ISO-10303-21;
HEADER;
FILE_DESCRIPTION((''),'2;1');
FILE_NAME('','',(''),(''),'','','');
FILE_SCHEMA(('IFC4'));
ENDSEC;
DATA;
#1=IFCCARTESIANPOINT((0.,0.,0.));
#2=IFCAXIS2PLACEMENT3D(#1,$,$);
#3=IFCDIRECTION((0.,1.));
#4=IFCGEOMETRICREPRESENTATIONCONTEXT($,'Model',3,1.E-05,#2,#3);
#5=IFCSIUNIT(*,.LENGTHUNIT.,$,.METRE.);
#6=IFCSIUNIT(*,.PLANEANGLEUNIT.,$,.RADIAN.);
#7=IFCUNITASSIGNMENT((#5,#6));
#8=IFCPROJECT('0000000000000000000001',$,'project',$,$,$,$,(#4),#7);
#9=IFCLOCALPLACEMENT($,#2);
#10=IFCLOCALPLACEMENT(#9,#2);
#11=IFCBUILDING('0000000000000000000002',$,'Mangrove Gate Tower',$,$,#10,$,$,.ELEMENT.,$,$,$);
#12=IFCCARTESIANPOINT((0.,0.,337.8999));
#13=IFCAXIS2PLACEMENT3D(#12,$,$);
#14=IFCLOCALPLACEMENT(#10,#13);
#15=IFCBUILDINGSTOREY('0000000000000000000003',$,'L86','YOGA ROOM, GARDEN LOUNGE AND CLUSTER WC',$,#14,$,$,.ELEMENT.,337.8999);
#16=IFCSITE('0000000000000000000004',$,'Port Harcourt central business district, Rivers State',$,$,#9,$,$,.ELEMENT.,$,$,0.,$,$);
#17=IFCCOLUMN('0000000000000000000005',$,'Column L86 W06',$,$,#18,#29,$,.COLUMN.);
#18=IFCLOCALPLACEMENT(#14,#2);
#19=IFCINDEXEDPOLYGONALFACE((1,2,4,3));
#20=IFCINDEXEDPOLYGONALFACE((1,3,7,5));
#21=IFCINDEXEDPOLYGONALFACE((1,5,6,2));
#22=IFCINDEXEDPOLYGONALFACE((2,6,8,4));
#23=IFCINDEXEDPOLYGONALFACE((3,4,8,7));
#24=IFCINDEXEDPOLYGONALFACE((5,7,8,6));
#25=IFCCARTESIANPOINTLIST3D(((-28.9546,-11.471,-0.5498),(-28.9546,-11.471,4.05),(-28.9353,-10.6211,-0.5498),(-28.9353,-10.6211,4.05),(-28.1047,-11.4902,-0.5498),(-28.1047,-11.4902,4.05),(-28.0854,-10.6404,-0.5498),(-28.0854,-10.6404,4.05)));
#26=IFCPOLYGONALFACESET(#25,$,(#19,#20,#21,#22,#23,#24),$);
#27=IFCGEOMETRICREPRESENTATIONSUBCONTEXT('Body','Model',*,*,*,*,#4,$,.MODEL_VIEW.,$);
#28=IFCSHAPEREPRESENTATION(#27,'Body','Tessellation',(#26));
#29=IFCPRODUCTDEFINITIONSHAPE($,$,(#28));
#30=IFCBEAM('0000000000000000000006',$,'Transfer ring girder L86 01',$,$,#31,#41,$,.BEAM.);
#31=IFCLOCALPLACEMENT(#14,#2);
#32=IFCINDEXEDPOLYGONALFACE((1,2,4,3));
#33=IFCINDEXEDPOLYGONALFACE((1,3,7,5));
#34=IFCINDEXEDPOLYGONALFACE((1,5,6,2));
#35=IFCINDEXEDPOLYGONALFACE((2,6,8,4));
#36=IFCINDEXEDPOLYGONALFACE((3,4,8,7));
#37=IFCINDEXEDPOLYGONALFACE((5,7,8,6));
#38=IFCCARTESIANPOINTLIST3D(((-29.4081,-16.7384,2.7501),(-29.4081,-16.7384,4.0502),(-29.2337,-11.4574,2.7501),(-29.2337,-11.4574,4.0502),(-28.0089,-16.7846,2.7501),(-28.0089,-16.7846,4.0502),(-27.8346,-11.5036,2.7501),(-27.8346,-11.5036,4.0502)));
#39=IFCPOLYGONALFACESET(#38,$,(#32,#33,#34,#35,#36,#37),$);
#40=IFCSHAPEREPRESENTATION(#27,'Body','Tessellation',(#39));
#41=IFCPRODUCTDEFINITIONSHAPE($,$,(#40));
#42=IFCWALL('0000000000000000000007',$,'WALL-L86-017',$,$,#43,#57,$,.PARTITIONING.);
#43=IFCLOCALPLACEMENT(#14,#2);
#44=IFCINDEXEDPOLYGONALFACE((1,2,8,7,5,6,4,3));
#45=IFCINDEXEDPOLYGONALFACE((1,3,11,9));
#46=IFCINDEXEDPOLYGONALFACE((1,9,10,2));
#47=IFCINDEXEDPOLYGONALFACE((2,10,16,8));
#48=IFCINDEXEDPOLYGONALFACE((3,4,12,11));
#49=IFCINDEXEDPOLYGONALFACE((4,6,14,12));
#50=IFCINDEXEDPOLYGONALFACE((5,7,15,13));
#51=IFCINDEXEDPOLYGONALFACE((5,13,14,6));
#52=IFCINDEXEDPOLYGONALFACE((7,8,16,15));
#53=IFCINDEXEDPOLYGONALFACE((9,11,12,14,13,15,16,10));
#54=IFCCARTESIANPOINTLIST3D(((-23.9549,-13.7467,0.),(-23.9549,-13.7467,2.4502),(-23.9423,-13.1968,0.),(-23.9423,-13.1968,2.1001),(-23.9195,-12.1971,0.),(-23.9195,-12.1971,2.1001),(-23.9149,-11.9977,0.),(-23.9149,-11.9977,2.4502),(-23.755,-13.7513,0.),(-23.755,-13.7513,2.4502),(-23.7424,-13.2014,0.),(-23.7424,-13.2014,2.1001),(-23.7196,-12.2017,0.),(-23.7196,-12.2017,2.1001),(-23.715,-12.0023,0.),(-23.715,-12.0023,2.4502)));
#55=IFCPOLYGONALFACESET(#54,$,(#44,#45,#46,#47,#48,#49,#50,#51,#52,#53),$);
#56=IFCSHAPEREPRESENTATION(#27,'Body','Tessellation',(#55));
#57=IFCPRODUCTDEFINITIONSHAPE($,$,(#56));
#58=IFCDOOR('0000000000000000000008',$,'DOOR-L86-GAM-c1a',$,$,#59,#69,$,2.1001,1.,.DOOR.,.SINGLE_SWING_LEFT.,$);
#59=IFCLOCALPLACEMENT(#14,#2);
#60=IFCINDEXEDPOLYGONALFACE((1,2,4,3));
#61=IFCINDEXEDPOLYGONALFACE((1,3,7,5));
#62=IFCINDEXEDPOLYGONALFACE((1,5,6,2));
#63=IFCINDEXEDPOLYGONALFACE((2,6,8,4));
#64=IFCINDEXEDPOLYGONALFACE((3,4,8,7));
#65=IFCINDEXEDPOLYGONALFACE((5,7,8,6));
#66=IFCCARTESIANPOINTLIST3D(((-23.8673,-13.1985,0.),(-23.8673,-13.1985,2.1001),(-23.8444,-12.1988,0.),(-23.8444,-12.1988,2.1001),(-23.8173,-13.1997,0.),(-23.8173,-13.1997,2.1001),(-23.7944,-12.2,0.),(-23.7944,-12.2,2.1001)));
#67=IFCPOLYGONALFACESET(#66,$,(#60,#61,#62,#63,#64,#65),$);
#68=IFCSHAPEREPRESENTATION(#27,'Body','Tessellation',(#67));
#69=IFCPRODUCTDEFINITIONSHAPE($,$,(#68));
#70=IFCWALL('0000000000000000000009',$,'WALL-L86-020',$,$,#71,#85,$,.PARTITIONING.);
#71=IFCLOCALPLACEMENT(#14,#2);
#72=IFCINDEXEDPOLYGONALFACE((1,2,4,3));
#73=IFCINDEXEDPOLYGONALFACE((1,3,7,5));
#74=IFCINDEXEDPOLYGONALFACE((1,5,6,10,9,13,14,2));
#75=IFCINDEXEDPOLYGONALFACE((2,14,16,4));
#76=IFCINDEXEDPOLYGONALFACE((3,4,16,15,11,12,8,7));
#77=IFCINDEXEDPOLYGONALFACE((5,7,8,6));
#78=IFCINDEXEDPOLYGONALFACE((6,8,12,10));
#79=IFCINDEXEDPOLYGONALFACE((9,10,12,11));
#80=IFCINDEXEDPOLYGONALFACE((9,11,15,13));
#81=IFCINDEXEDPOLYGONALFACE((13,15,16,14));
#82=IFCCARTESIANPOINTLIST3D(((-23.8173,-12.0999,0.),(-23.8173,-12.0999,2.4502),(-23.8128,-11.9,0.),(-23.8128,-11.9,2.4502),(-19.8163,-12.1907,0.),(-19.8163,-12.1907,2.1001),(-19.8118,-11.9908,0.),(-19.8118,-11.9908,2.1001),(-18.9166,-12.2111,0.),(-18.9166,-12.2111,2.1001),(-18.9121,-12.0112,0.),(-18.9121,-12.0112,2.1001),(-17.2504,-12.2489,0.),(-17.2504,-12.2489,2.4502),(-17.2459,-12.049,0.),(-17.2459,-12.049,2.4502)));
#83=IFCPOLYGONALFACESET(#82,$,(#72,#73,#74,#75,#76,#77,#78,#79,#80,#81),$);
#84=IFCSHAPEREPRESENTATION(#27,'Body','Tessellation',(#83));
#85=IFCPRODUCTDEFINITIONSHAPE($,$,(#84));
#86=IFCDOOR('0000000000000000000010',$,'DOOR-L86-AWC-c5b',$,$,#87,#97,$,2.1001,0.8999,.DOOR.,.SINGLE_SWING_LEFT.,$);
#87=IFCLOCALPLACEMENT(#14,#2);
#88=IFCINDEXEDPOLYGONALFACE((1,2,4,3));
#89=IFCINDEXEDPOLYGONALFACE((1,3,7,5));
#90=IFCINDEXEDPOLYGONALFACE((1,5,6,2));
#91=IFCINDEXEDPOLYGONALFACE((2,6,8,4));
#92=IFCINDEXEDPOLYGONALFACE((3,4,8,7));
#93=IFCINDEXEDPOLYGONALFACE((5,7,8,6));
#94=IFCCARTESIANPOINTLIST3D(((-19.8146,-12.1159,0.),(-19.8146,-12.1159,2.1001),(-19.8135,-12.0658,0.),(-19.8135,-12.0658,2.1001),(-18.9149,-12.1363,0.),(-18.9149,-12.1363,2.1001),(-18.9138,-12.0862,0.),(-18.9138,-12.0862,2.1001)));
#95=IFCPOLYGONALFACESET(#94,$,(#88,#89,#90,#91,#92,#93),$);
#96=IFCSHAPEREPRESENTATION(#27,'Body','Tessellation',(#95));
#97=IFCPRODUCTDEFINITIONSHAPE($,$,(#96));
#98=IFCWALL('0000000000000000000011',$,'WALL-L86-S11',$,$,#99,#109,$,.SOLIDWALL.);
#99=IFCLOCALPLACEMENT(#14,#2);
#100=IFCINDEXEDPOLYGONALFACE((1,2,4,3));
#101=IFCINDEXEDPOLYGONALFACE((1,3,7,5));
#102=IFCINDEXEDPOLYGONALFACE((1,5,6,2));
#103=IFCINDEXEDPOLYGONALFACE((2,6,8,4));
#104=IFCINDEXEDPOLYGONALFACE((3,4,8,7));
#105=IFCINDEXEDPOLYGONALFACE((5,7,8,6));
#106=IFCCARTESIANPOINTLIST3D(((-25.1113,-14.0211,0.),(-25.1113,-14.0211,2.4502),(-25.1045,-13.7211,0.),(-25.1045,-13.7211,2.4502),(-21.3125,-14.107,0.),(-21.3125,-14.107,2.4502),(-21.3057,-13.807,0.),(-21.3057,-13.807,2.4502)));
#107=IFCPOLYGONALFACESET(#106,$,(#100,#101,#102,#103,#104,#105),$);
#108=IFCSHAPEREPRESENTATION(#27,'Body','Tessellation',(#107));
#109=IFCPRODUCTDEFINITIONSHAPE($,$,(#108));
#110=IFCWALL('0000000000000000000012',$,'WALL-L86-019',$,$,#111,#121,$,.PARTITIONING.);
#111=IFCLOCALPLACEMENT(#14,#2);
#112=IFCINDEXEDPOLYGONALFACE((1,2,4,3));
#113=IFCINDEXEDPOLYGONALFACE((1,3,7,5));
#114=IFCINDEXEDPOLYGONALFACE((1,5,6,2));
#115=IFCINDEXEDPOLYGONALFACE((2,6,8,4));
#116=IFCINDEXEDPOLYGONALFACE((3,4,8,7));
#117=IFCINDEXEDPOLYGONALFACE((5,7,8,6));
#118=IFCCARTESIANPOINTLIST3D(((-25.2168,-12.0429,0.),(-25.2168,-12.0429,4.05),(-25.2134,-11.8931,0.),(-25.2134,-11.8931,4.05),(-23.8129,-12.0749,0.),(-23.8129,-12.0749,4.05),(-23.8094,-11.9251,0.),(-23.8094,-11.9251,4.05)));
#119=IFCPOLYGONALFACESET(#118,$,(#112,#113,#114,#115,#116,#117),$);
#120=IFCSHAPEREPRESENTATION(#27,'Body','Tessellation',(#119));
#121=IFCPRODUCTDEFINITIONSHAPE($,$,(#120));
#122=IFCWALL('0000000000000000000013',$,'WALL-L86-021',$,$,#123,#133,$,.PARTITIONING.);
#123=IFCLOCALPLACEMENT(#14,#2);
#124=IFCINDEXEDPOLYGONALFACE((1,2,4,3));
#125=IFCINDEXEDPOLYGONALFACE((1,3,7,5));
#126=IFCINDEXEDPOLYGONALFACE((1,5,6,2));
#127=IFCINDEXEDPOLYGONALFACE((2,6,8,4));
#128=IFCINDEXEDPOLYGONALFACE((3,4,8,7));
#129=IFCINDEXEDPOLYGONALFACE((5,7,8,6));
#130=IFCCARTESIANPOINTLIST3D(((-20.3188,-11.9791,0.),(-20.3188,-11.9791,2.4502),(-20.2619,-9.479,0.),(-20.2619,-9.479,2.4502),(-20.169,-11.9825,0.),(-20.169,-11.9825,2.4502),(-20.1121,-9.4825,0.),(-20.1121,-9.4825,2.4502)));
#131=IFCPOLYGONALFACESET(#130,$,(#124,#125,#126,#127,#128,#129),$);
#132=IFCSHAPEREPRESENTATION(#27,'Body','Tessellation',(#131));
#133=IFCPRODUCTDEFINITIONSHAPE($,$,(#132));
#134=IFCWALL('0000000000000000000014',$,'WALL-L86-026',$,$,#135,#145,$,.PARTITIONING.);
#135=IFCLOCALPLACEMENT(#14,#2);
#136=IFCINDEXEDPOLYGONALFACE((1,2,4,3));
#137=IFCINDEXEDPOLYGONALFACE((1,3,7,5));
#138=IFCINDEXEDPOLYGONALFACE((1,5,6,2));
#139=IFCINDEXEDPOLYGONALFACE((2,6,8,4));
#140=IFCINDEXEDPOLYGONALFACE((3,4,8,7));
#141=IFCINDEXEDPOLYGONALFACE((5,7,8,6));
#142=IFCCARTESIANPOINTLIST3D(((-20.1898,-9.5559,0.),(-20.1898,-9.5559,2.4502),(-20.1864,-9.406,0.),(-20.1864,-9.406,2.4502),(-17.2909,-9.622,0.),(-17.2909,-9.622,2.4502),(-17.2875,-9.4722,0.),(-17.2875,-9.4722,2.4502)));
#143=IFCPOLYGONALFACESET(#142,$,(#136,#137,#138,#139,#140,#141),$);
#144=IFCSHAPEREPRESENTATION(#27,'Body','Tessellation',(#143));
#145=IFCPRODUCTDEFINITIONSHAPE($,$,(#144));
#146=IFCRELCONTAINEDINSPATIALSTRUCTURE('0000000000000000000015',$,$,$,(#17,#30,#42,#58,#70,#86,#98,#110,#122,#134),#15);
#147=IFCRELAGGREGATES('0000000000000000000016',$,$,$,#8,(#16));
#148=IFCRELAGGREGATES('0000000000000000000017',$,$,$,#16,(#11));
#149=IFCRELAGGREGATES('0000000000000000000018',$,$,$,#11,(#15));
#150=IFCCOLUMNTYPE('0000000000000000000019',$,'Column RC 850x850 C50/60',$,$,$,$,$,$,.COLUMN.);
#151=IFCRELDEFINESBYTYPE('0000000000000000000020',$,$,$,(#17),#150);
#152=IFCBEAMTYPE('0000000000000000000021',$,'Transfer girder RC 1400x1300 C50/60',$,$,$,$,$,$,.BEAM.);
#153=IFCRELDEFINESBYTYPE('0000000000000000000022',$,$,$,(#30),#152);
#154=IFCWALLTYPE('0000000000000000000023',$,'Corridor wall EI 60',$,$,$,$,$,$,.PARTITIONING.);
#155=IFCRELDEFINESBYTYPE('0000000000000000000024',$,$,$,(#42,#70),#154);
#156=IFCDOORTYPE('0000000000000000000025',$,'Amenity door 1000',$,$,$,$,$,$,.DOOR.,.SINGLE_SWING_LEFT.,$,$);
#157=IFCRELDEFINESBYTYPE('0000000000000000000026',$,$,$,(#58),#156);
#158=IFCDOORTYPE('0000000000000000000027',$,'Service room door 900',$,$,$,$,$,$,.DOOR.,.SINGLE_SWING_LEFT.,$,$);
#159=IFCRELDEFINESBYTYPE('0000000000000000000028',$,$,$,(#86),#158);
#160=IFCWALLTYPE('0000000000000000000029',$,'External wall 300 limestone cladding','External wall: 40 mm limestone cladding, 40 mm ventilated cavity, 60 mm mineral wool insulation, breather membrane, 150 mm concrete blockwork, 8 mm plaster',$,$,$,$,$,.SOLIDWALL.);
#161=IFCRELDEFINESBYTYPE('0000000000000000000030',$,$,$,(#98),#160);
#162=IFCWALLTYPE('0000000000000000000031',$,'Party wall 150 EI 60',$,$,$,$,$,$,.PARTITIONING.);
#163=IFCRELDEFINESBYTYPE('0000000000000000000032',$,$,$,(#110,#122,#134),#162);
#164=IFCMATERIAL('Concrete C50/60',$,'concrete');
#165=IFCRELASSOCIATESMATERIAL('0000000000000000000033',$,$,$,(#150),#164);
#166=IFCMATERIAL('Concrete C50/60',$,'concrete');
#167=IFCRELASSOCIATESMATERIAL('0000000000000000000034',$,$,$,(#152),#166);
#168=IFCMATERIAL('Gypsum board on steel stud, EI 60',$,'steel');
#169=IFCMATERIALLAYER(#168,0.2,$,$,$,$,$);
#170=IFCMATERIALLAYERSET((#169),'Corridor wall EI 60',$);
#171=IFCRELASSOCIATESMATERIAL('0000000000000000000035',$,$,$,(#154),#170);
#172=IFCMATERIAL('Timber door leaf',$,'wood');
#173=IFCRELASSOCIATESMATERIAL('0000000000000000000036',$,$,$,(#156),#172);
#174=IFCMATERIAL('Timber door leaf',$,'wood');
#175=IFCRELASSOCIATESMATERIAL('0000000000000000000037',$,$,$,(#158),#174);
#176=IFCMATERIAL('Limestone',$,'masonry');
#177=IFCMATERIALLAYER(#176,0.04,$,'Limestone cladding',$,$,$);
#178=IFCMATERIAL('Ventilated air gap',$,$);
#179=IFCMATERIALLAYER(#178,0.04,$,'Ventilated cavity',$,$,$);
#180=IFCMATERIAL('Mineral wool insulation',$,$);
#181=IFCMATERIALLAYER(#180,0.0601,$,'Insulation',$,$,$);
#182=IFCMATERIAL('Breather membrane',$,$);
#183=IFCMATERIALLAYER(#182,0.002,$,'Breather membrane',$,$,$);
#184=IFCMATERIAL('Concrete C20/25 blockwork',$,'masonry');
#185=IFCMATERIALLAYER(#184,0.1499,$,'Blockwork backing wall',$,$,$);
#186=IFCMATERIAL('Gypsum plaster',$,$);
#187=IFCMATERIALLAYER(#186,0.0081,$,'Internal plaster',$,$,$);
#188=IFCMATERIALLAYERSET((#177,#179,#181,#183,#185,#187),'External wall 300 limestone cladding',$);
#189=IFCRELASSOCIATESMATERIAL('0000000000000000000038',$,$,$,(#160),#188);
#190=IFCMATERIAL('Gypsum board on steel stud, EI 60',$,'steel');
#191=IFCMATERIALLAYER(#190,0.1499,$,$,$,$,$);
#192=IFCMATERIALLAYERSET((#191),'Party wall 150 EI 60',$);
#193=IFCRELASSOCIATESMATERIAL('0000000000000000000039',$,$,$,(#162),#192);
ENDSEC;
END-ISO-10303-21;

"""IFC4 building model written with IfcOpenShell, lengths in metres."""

from ifc_helpers import new_model, si_unit, direction, frame, frame_2d, origin, origin_2d, place, context, subcontext, project, spatial, rectangle, extrude, material, layer, layer_set, material_profile, profile_set, type_object, element, fill, save


model = new_model("IFC4")

# Units and contexts
model_context = context("Model", 3, precision=1e-05, world=origin(), true_north=direction((0.0, 1.0)))
body_context = subcontext(model_context, "Body", "Model", "MODEL_VIEW")
ifc_project = project(units=[si_unit("LENGTHUNIT", "METRE"), si_unit("PLANEANGLEUNIT", "RADIAN")], contexts=[model_context])

# Site, building, storey
site_placement = place(None, origin())
site = spatial("IfcSite", under=ifc_project, at=site_placement, Name="Port Harcourt central business district, Rivers State", CompositionType="ELEMENT", RefElevation=0.0)
building_placement = place(site_placement, origin())
building = spatial("IfcBuilding", under=site, at=building_placement, Name="Mangrove Gate Tower", CompositionType="ELEMENT")
storey_placement = place(building_placement, frame((0.0, 0.0, 337.8999)))
storey = spatial("IfcBuildingStorey", under=building, at=storey_placement, Name="L86", Description="YOGA ROOM, GARDEN LOUNGE AND CLUSTER WC", CompositionType="ELEMENT", Elevation=337.8999)

# Column
ifc_material_1 = material(Name="Concrete C50/60", Category="concrete")
ifc_material_profile_1 = material_profile(ifc_material_1, rectangle(XDim=0.8501, YDim=0.8501, at=origin_2d()))
ifc_profile_set_1 = profile_set([ifc_material_profile_1], Name="Concrete C50/60")
column_type = type_object("IfcColumnType", Name="Column RC 850x850 C50/60", PredefinedType="COLUMN", material=ifc_profile_set_1)
column_placement = place(storey_placement, frame((-28.52, -11.0557, -0.5498), z_axis=(0.0, 0.0, 1.0), x_axis=(-0.022681, -0.999743, 0.0)))
element("IfcColumn", 1, at=column_placement, inside=storey, type_object=column_type, Name="Column L86 W06", PredefinedType="COLUMN", context=body_context, shape_type="SweptSolid", body=[
    extrude(rectangle(XDim=0.8501, YDim=0.8501, at=origin_2d()), origin(), (0.0, 0.0, 1.0), 4.5999),
])

# Beam
ifc_material_2 = material(Name="Concrete C50/60", Category="concrete")
ifc_material_profile_2 = material_profile(ifc_material_2, rectangle(XDim=1.3999, YDim=1.3, at=origin_2d()))
ifc_profile_set_2 = profile_set([ifc_material_profile_2], Name="Concrete C50/60")
beam_type = type_object("IfcBeamType", Name="Transfer girder RC 1400x1300 C50/60", PredefinedType="BEAM", material=ifc_profile_set_2)
beam_placement = place(storey_placement, frame((-28.5342, -11.4805, 3.4001), z_axis=(-0.03299, -0.999456, 0.0), x_axis=(0.999456, -0.03299, 0.0)))
element("IfcBeam", 2, at=beam_placement, inside=storey, type_object=beam_type, Name="Transfer ring girder L86 01", PredefinedType="BEAM", context=body_context, shape_type="SweptSolid", body=[
    extrude(rectangle(XDim=1.3999, YDim=1.3, at=origin_2d()), origin(), (0.0, 0.0, 1.0), 5.2839),
])

# Shared definitions
ifc_material_3 = material(Name="Gypsum board on steel stud, EI 60", Category="steel")
ifc_layer_1 = layer(ifc_material_3, 0.2)
ifc_layer_set_1 = layer_set([ifc_layer_1], Name="Corridor wall EI 60")
wall_type_1 = type_object("IfcWallType", Name="Corridor wall EI 60", PredefinedType="PARTITIONING", material=ifc_layer_set_1)
ifc_material_4 = material(Name="Timber door leaf", Category="wood")
door_type_1 = type_object("IfcDoorType", Name="Amenity door 1000", OperationType="SINGLE_SWING_LEFT", PredefinedType="DOOR", material=ifc_material_4)
ifc_material_5 = material(Name="Timber door leaf", Category="wood")
door_type_2 = type_object("IfcDoorType", Name="Service room door 900", OperationType="SINGLE_SWING_LEFT", PredefinedType="DOOR", material=ifc_material_5)

# Walls, openings, doors
wall_1_placement = place(storey_placement, frame((-23.855, -13.749, 0.0), z_axis=(0.0, 0.0, 1.0), x_axis=(0.022886, 0.999738, 0.0)))
wall_1 = element("IfcWall", 3, at=wall_1_placement, inside=storey, type_object=wall_type_1, Name="WALL-L86-017", PredefinedType="PARTITIONING", context=body_context, shape_type="SweptSolid", body=[
    extrude(rectangle(XDim=1.7495, YDim=0.2, at=frame_2d((0.8748, 0.0))), origin(), (0.0, 0.0, 1.0), 2.4502),
])
opening_1_placement = place(wall_1_placement, frame((0.55, 0.0, 0.0)))
opening_1 = element("IfcOpeningElement", 4, at=opening_1_placement, cuts=wall_1, PredefinedType="OPENING", context=body_context, shape_type="SweptSolid", body=[
    extrude(rectangle(XDim=1.0, YDim=2.1001, at=frame_2d((0.5, 1.05))), frame((0.0, 0.1099, 0.0), z_axis=(0.0, -1.0, 0.0), x_axis=(1.0, 0.0, 0.0)), (0.0, 0.0, 1.0), 0.22),
])
door_1_placement = place(opening_1_placement, origin())
door_1 = element("IfcDoor", 5, at=door_1_placement, inside=storey, type_object=door_type_1, Name="DOOR-L86-GAM-c1a", OperationType="SINGLE_SWING_LEFT", OverallHeight=2.1001, OverallWidth=1.0, PredefinedType="DOOR", context=body_context, shape_type="SweptSolid", body=[
    extrude(rectangle(XDim=1.0, YDim=2.1001, at=frame_2d((0.5, 1.05))), frame((0.0, 0.0249, 0.0), z_axis=(0.0, -1.0, 0.0), x_axis=(1.0, 0.0, 0.0)), (0.0, 0.0, 1.0), 0.05),
])
fill(opening_1, door_1)
wall_2_placement = place(storey_placement, frame((-23.8149, -12.0, 0.0), z_axis=(0.0, 0.0, 1.0), x_axis=(0.999743, -0.022672, 0.0)))
wall_2 = element("IfcWall", 6, at=wall_2_placement, inside=storey, type_object=wall_type_1, Name="WALL-L86-020", PredefinedType="PARTITIONING", context=body_context, shape_type="SweptSolid", body=[
    extrude(rectangle(XDim=6.5686, YDim=0.2, at=frame_2d((3.2842, 0.0))), origin(), (0.0, 0.0, 1.0), 2.4502),
])
opening_2_placement = place(wall_2_placement, frame((4.002, 0.0, 0.0)))
opening_2 = element("IfcOpeningElement", 7, at=opening_2_placement, cuts=wall_2, PredefinedType="OPENING", context=body_context, shape_type="SweptSolid", body=[
    extrude(rectangle(XDim=0.8999, YDim=2.1001, at=frame_2d((0.45, 1.05))), frame((0.0, 0.1099, 0.0), z_axis=(0.0, -1.0, 0.0), x_axis=(1.0, 0.0, 0.0)), (0.0, 0.0, 1.0), 0.22),
])
door_2_placement = place(opening_2_placement, origin())
door_2 = element("IfcDoor", 8, at=door_2_placement, inside=storey, type_object=door_type_2, Name="DOOR-L86-AWC-c5b", OperationType="SINGLE_SWING_LEFT", OverallHeight=2.1001, OverallWidth=0.8999, PredefinedType="DOOR", context=body_context, shape_type="SweptSolid", body=[
    extrude(rectangle(XDim=0.8999, YDim=2.1001, at=frame_2d((0.45, 1.05))), frame((0.0, 0.0249, 0.0), z_axis=(0.0, -1.0, 0.0), x_axis=(1.0, 0.0, 0.0)), (0.0, 0.0, 1.0), 0.05),
])
fill(opening_2, door_2)

# Walls
ifc_material_6 = material(Name="Limestone", Category="masonry")
ifc_layer_2 = layer(ifc_material_6, 0.04, Name="Limestone cladding")
ifc_material_7 = material(Name="Ventilated air gap")
ifc_layer_3 = layer(ifc_material_7, 0.04, Name="Ventilated cavity")
ifc_material_8 = material(Name="Mineral wool insulation")
ifc_layer_4 = layer(ifc_material_8, 0.0601, Name="Insulation")
ifc_material_9 = material(Name="Breather membrane")
ifc_layer_5 = layer(ifc_material_9, 0.002, Name="Breather membrane")
ifc_material_10 = material(Name="Concrete C20/25 blockwork", Category="masonry")
ifc_layer_6 = layer(ifc_material_10, 0.1499, Name="Blockwork backing wall")
ifc_material_11 = material(Name="Gypsum plaster")
ifc_layer_7 = layer(ifc_material_11, 0.0081, Name="Internal plaster")
ifc_layer_set_2 = layer_set([ifc_layer_2, ifc_layer_3, ifc_layer_4, ifc_layer_5, ifc_layer_6, ifc_layer_7], Name="External wall 300 limestone cladding")
wall_type_2 = type_object("IfcWallType", Name="External wall 300 limestone cladding", Description="External wall: 40 mm limestone cladding, 40 mm ventilated cavity, 60 mm mineral wool insulation, breather membrane, 150 mm concrete blockwork, 8 mm plaster", PredefinedType="SOLIDWALL", material=ifc_layer_set_2)
wall_3_placement = place(storey_placement, frame((-25.1079, -13.8711, 0.0), z_axis=(0.0, 0.0, 1.0), x_axis=(0.999744, -0.022616, 0.0)))
element("IfcWall", 9, at=wall_3_placement, inside=storey, type_object=wall_type_2, Name="WALL-L86-S11", PredefinedType="SOLIDWALL", context=body_context, shape_type="SweptSolid", body=[
    extrude(rectangle(XDim=3.7998, YDim=0.3, at=frame_2d((1.8999, 0.0))), origin(), (0.0, 0.0, 1.0), 2.4502),
])
ifc_material_12 = material(Name="Gypsum board on steel stud, EI 60", Category="steel")
ifc_layer_8 = layer(ifc_material_12, 0.1499)
ifc_layer_set_3 = layer_set([ifc_layer_8], Name="Party wall 150 EI 60")
wall_type_3 = type_object("IfcWallType", Name="Party wall 150 EI 60", PredefinedType="PARTITIONING", material=ifc_layer_set_3)
wall_4_placement = place(storey_placement, frame((-25.2151, -11.968, 0.0), z_axis=(0.0, 0.0, 1.0), x_axis=(0.999741, -0.022773, 0.0)))
element("IfcWall", 10, at=wall_4_placement, inside=storey, type_object=wall_type_3, Name="WALL-L86-019", PredefinedType="PARTITIONING", context=body_context, shape_type="SweptSolid", body=[
    extrude(rectangle(XDim=1.4043, YDim=0.1499, at=frame_2d((0.7021, 0.0))), origin(), (0.0, 0.0, 1.0), 4.05),
])
wall_5_placement = place(storey_placement, frame((-20.2439, -11.981, 0.0), z_axis=(0.0, 0.0, 1.0), x_axis=(0.022748, 0.999741, 0.0)))
element("IfcWall", 11, at=wall_5_placement, inside=storey, type_object=wall_type_3, Name="WALL-L86-021", PredefinedType="PARTITIONING", context=body_context, shape_type="SweptSolid", body=[
    extrude(rectangle(XDim=2.5007, YDim=0.1499, at=frame_2d((1.2505, 0.0))), origin(), (0.0, 0.0, 1.0), 2.4502),
])
wall_6_placement = place(storey_placement, frame((-20.188, -9.481, 0.0), z_axis=(0.0, 0.0, 1.0), x_axis=(0.99974, -0.022817, 0.0)))
element("IfcWall", 12, at=wall_6_placement, inside=storey, type_object=wall_type_3, Name="WALL-L86-026", PredefinedType="PARTITIONING", context=body_context, shape_type="SweptSolid", body=[
    extrude(rectangle(XDim=2.8997, YDim=0.1499, at=frame_2d((1.4497, 0.0))), origin(), (0.0, 0.0, 1.0), 2.4502),
])

save(model, "model.ifc")
